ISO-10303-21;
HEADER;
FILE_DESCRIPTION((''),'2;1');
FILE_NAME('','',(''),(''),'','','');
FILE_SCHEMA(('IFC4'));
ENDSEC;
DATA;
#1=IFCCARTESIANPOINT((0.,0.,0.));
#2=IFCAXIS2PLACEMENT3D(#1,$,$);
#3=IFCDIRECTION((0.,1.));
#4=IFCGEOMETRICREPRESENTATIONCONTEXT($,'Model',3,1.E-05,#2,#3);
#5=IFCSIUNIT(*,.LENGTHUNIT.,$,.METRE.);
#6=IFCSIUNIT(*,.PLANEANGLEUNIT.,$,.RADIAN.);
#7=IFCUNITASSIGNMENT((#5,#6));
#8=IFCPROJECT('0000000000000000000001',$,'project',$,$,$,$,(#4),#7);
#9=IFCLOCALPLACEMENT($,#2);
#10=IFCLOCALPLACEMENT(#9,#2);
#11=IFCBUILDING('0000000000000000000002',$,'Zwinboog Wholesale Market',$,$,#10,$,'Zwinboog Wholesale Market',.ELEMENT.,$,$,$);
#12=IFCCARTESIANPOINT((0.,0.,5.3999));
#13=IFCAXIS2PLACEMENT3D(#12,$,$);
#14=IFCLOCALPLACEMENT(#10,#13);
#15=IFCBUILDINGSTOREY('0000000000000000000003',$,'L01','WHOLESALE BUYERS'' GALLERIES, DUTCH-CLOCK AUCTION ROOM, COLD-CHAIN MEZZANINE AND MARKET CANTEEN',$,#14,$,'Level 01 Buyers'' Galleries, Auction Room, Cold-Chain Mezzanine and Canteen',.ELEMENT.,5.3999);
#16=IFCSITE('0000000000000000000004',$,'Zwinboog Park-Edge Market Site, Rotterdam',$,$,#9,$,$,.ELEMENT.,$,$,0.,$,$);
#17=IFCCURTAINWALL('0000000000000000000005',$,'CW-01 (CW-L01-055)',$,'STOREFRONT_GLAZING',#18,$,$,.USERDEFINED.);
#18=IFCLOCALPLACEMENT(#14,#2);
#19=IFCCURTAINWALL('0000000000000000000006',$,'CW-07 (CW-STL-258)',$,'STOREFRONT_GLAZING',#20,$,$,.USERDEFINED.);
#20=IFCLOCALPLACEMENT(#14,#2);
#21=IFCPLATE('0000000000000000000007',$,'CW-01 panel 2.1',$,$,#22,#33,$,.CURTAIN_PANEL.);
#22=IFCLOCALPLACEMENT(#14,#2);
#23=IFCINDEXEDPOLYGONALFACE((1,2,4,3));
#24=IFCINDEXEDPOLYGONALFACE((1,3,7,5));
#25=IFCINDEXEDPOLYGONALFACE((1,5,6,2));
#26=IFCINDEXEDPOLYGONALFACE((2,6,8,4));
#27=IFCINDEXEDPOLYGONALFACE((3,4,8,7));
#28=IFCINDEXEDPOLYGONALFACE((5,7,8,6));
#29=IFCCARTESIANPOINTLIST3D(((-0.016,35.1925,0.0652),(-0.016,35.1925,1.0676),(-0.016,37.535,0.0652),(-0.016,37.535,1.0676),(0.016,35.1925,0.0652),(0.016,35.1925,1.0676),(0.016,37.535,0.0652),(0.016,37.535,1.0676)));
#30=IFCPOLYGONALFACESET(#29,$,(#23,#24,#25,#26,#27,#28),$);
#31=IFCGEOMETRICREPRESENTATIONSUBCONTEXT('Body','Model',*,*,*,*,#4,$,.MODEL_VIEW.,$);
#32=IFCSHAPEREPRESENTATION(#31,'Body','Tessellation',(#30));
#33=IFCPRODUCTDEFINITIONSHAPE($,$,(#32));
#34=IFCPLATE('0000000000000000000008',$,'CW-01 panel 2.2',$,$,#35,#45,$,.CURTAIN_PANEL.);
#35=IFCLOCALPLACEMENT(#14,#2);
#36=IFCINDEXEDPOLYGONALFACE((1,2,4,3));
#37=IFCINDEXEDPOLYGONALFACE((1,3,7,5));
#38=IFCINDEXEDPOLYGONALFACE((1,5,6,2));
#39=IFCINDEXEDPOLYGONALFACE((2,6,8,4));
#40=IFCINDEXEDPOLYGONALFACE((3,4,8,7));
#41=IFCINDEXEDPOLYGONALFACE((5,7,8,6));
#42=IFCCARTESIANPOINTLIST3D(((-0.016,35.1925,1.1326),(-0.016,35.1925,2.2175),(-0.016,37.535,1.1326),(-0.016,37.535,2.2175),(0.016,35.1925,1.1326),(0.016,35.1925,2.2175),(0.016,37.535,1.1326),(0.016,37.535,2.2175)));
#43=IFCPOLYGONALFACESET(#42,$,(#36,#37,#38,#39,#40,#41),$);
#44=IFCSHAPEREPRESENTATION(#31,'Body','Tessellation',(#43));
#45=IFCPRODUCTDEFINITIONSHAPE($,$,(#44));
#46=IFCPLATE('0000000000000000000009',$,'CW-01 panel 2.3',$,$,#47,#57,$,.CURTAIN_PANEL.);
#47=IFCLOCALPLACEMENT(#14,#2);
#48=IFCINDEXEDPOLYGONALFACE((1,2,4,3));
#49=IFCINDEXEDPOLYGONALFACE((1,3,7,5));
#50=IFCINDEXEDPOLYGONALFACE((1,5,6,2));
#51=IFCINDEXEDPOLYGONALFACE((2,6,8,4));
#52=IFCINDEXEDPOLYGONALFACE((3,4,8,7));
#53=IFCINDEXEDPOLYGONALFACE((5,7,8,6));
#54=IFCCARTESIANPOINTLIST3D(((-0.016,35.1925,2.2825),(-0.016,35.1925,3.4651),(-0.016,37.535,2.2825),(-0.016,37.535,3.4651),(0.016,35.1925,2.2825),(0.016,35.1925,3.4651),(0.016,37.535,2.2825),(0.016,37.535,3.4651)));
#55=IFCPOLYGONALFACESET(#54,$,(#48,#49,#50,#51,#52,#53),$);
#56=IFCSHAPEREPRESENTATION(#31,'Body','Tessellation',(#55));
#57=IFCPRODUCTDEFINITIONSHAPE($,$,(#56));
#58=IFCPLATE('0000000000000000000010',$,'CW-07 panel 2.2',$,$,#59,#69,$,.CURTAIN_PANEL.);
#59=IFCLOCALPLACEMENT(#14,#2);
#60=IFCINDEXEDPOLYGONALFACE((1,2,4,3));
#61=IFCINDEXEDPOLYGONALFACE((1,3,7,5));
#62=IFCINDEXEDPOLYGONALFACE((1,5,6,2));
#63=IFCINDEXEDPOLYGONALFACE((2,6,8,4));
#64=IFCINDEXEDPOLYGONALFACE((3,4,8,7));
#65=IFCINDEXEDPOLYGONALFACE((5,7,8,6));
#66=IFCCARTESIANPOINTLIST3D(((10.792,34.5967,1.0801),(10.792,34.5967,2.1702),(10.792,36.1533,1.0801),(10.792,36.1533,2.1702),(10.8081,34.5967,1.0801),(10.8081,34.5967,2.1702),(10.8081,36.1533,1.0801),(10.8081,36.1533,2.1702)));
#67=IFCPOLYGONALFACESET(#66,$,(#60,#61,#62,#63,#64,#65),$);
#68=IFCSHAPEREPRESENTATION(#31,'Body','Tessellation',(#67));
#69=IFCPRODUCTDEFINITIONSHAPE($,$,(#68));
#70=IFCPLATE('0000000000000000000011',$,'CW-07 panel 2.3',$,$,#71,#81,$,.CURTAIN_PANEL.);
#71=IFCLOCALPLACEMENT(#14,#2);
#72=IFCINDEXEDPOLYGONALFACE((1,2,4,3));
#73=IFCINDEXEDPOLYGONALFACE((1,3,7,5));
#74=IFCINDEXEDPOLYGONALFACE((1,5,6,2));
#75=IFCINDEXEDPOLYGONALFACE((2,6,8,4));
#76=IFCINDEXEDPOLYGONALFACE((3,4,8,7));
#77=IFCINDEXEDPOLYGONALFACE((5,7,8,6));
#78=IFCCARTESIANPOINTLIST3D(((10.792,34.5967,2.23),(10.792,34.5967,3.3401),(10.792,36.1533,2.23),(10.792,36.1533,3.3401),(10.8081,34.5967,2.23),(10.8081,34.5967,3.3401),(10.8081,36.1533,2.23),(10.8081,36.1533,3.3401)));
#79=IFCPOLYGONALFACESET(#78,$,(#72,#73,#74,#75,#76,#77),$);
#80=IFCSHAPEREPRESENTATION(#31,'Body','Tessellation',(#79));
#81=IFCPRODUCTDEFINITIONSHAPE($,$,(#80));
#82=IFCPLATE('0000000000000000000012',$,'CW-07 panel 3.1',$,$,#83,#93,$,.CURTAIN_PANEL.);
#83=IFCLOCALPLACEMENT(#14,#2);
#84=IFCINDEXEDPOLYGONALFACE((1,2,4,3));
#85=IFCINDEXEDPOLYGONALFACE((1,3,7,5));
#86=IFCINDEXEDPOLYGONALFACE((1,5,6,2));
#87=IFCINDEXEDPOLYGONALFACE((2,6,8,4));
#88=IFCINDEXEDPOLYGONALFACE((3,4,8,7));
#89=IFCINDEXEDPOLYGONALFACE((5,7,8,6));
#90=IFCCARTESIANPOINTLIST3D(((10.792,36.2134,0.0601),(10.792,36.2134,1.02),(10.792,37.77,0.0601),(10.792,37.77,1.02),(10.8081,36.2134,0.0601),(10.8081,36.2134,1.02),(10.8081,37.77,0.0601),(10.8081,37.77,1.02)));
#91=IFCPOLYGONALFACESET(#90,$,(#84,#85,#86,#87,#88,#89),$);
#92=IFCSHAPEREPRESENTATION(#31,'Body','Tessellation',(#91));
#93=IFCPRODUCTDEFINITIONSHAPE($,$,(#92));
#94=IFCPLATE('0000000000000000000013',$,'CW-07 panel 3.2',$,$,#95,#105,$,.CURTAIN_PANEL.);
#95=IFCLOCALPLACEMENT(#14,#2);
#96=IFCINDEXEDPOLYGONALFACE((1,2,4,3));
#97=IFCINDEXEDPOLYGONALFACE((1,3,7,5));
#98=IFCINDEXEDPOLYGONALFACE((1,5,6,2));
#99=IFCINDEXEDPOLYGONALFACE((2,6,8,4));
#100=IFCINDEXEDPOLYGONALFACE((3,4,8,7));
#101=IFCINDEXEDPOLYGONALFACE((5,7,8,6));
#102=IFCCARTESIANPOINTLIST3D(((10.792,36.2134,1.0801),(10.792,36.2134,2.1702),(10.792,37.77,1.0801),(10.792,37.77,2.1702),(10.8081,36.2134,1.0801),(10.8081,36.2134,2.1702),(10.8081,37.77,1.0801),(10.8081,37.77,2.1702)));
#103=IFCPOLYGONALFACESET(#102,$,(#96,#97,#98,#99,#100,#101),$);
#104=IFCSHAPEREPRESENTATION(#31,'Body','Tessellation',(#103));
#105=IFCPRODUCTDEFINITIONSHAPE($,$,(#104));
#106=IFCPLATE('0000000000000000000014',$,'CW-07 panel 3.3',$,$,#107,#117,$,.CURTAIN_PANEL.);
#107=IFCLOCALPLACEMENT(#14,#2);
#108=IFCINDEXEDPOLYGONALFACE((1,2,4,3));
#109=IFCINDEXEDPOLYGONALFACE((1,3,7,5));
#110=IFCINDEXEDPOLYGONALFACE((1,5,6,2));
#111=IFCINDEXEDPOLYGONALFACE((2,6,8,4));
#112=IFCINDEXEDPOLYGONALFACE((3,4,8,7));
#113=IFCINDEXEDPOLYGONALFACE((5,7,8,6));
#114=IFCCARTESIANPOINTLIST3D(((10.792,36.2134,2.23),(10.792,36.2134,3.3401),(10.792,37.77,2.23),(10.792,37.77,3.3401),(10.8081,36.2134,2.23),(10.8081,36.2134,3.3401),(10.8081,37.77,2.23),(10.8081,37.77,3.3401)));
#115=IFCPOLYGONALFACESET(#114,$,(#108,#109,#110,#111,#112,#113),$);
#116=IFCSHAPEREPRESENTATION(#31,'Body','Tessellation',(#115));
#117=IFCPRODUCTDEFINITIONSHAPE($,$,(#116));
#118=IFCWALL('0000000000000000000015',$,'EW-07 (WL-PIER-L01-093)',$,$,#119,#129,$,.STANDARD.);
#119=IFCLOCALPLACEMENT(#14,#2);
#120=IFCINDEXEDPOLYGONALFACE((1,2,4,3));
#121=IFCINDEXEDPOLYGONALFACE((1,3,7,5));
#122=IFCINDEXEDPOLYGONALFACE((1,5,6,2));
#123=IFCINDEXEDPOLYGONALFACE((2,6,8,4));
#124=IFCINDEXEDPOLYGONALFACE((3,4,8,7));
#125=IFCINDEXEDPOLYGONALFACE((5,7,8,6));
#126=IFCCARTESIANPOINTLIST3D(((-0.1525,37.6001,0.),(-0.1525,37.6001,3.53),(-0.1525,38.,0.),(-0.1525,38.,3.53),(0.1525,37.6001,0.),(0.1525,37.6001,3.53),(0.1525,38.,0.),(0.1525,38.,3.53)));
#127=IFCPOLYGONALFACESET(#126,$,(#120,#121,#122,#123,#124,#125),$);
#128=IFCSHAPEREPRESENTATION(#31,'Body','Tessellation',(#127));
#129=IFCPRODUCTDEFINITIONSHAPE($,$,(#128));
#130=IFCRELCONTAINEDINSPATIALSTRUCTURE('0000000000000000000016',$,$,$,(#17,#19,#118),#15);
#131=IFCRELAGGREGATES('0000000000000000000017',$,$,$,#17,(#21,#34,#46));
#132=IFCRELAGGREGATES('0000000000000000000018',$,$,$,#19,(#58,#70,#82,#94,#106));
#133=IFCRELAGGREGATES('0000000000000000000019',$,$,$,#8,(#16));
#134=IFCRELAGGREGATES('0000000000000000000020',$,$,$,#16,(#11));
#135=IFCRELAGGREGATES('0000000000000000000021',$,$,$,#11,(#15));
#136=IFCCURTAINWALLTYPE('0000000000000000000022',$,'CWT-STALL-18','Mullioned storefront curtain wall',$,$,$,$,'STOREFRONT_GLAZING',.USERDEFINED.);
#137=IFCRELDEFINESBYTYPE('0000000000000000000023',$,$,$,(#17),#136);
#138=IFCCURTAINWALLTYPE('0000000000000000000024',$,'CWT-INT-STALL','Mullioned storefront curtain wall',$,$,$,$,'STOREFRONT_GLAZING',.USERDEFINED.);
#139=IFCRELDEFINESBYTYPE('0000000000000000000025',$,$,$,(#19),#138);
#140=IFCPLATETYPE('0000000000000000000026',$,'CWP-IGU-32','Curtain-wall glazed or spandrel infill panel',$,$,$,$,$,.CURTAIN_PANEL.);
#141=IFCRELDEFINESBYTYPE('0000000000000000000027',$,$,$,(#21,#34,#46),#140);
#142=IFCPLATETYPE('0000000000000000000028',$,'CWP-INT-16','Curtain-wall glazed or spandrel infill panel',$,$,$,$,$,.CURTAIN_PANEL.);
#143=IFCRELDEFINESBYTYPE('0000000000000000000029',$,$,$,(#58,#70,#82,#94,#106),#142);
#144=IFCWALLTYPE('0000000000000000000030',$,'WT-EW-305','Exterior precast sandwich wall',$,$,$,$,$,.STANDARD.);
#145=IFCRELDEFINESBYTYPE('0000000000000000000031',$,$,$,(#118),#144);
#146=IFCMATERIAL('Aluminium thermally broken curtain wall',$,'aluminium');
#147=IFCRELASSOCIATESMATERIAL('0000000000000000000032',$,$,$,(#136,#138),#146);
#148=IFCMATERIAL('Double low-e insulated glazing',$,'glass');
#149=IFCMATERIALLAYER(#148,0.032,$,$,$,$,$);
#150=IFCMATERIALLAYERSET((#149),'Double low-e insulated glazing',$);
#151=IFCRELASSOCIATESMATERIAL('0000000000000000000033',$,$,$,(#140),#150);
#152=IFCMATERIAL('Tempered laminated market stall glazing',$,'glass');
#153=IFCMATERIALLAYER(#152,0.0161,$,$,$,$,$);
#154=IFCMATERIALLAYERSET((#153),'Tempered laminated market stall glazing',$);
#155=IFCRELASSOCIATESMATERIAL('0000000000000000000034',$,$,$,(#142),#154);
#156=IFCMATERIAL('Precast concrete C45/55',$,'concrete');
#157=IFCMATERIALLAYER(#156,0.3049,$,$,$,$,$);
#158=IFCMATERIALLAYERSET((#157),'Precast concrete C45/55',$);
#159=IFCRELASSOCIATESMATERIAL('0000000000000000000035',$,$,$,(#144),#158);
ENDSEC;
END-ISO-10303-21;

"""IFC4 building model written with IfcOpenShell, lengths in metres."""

from ifc_helpers import new_model, si_unit, direction, frame, frame_2d, origin, origin_2d, place, context, subcontext, project, spatial, rectangle, extrude, material, layer, layer_set, type_object, element, aggregate, save


model = new_model("IFC4")

# Units and contexts
model_context = context("Model", 3, precision=1e-05, world=origin(), true_north=direction((0.0, 1.0)))
body_context = subcontext(model_context, "Body", "Model", "MODEL_VIEW")
ifc_project = project(units=[si_unit("LENGTHUNIT", "METRE"), si_unit("PLANEANGLEUNIT", "RADIAN")], contexts=[model_context])

# Site, building, storey
site_placement = place(None, origin())
site = spatial("IfcSite", under=ifc_project, at=site_placement, Name="Zwinboog Park-Edge Market Site, Rotterdam", CompositionType="ELEMENT", RefElevation=0.0)
building_placement = place(site_placement, origin())
building = spatial("IfcBuilding", under=site, at=building_placement, Name="Zwinboog Wholesale Market", LongName="Zwinboog Wholesale Market", CompositionType="ELEMENT")
storey_placement = place(building_placement, frame((0.0, 0.0, 5.3999)))
storey = spatial("IfcBuildingStorey", under=building, at=storey_placement, Name="L01", Description="WHOLESALE BUYERS' GALLERIES, DUTCH-CLOCK AUCTION ROOM, COLD-CHAIN MEZZANINE AND MARKET CANTEEN", LongName="Level 01 Buyers' Galleries, Auction Room, Cold-Chain Mezzanine and Canteen", CompositionType="ELEMENT", Elevation=5.3999)

# Curtain wall
ifc_material_1 = material(Name="Aluminium thermally broken curtain wall", Category="aluminium")
curtain_wall_type_1 = type_object("IfcCurtainWallType", Name="CWT-STALL-18", Description="Mullioned storefront curtain wall", ElementType="STOREFRONT_GLAZING", PredefinedType="USERDEFINED", material=ifc_material_1)
curtain_wall_1_placement = place(storey_placement, origin())
curtain_wall_1 = element("IfcCurtainWall", 1, at=curtain_wall_1_placement, inside=storey, type_object=curtain_wall_type_1, Name="CW-01 (CW-L01-055)", ObjectType="STOREFRONT_GLAZING", PredefinedType="USERDEFINED")

# Curtain wall
curtain_wall_type_2 = type_object("IfcCurtainWallType", Name="CWT-INT-STALL", Description="Mullioned storefront curtain wall", ElementType="STOREFRONT_GLAZING", PredefinedType="USERDEFINED", material=ifc_material_1)
curtain_wall_2_placement = place(storey_placement, origin())
curtain_wall_2 = element("IfcCurtainWall", 2, at=curtain_wall_2_placement, inside=storey, type_object=curtain_wall_type_2, Name="CW-07 (CW-STL-258)", ObjectType="STOREFRONT_GLAZING", PredefinedType="USERDEFINED")

# Plates
ifc_material_2 = material(Name="Double low-e insulated glazing", Category="glass")
ifc_layer_1 = layer(ifc_material_2, 0.032)
ifc_layer_set_1 = layer_set([ifc_layer_1], Name="Double low-e insulated glazing")
plate_type_1 = type_object("IfcPlateType", Name="CWP-IGU-32", Description="Curtain-wall glazed or spandrel infill panel", PredefinedType="CURTAIN_PANEL", material=ifc_layer_set_1)
plate_1_placement = place(storey_placement, frame((0.0, 36.3638, 0.0652), z_axis=(0.0, 0.0, 1.0), x_axis=(0.0, 1.0, 0.0)))
plate_1 = element("IfcPlate", 3, at=plate_1_placement, type_object=plate_type_1, Name="CW-01 panel 2.1", PredefinedType="CURTAIN_PANEL", context=body_context, shape_type="SweptSolid", body=[
    extrude(rectangle(XDim=2.3425, YDim=0.032, at=origin_2d()), origin(), (0.0, 0.0, 1.0), 1.0024),
])
plate_2_placement = place(storey_placement, frame((0.0, 36.3638, 1.1326), z_axis=(0.0, 0.0, 1.0), x_axis=(0.0, 1.0, 0.0)))
plate_2 = element("IfcPlate", 4, at=plate_2_placement, type_object=plate_type_1, Name="CW-01 panel 2.2", PredefinedType="CURTAIN_PANEL", context=body_context, shape_type="SweptSolid", body=[
    extrude(rectangle(XDim=2.3425, YDim=0.032, at=origin_2d()), origin(), (0.0, 0.0, 1.0), 1.085),
])
plate_3_placement = place(storey_placement, frame((0.0, 36.3638, 2.2825), z_axis=(0.0, 0.0, 1.0), x_axis=(0.0, 1.0, 0.0)))
plate_3 = element("IfcPlate", 5, at=plate_3_placement, type_object=plate_type_1, Name="CW-01 panel 2.3", PredefinedType="CURTAIN_PANEL", context=body_context, shape_type="SweptSolid", body=[
    extrude(rectangle(XDim=2.3425, YDim=0.032, at=origin_2d()), origin(), (0.0, 0.0, 1.0), 1.1826),
])
aggregate(curtain_wall_1, [plate_1, plate_2, plate_3])
ifc_material_3 = material(Name="Tempered laminated market stall glazing", Category="glass")
ifc_layer_2 = layer(ifc_material_3, 0.0161)
ifc_layer_set_2 = layer_set([ifc_layer_2], Name="Tempered laminated market stall glazing")
plate_type_2 = type_object("IfcPlateType", Name="CWP-INT-16", Description="Curtain-wall glazed or spandrel infill panel", PredefinedType="CURTAIN_PANEL", material=ifc_layer_set_2)
plate_4_placement = place(storey_placement, frame((10.8, 35.375, 1.0801), z_axis=(0.0, 0.0, 1.0), x_axis=(0.0, 1.0, 0.0)))
plate_4 = element("IfcPlate", 6, at=plate_4_placement, type_object=plate_type_2, Name="CW-07 panel 2.2", PredefinedType="CURTAIN_PANEL", context=body_context, shape_type="SweptSolid", body=[
    extrude(rectangle(XDim=1.5566, YDim=0.0161, at=origin_2d()), origin(), (0.0, 0.0, 1.0), 1.0901),
])
plate_5_placement = place(storey_placement, frame((10.8, 35.375, 2.23), z_axis=(0.0, 0.0, 1.0), x_axis=(0.0, 1.0, 0.0)))
plate_5 = element("IfcPlate", 7, at=plate_5_placement, type_object=plate_type_2, Name="CW-07 panel 2.3", PredefinedType="CURTAIN_PANEL", context=body_context, shape_type="SweptSolid", body=[
    extrude(rectangle(XDim=1.5566, YDim=0.0161, at=origin_2d()), origin(), (0.0, 0.0, 1.0), 1.1101),
])
plate_6_placement = place(storey_placement, frame((10.8, 36.9917, 0.0601), z_axis=(0.0, 0.0, 1.0), x_axis=(0.0, 1.0, 0.0)))
plate_6 = element("IfcPlate", 8, at=plate_6_placement, type_object=plate_type_2, Name="CW-07 panel 3.1", PredefinedType="CURTAIN_PANEL", context=body_context, shape_type="SweptSolid", body=[
    extrude(rectangle(XDim=1.5566, YDim=0.0161, at=origin_2d()), origin(), (0.0, 0.0, 1.0), 0.96),
])
plate_7_placement = place(storey_placement, frame((10.8, 36.9917, 1.0801), z_axis=(0.0, 0.0, 1.0), x_axis=(0.0, 1.0, 0.0)))
plate_7 = element("IfcPlate", 9, at=plate_7_placement, type_object=plate_type_2, Name="CW-07 panel 3.2", PredefinedType="CURTAIN_PANEL", context=body_context, shape_type="SweptSolid", body=[
    extrude(rectangle(XDim=1.5566, YDim=0.0161, at=origin_2d()), origin(), (0.0, 0.0, 1.0), 1.0901),
])
plate_8_placement = place(storey_placement, frame((10.8, 36.9917, 2.23), z_axis=(0.0, 0.0, 1.0), x_axis=(0.0, 1.0, 0.0)))
plate_8 = element("IfcPlate", 10, at=plate_8_placement, type_object=plate_type_2, Name="CW-07 panel 3.3", PredefinedType="CURTAIN_PANEL", context=body_context, shape_type="SweptSolid", body=[
    extrude(rectangle(XDim=1.5566, YDim=0.0161, at=origin_2d()), origin(), (0.0, 0.0, 1.0), 1.1101),
])
aggregate(curtain_wall_2, [plate_4, plate_5, plate_6, plate_7, plate_8])

# Wall
ifc_material_4 = material(Name="Precast concrete C45/55", Category="concrete")
ifc_layer_3 = layer(ifc_material_4, 0.3049)
ifc_layer_set_3 = layer_set([ifc_layer_3], Name="Precast concrete C45/55")
wall_type = type_object("IfcWallType", Name="WT-EW-305", Description="Exterior precast sandwich wall", PredefinedType="STANDARD", material=ifc_layer_set_3)
wall_placement = place(storey_placement, frame((0.0, 37.6001, 0.0), z_axis=(0.0, 0.0, 1.0), x_axis=(0.0, 1.0, 0.0)))
element("IfcWall", 11, at=wall_placement, inside=storey, type_object=wall_type, Name="EW-07 (WL-PIER-L01-093)", PredefinedType="STANDARD", context=body_context, shape_type="SweptSolid", body=[
    extrude(rectangle(XDim=0.3999, YDim=0.3049, at=frame_2d((0.2, 0.0))), origin(), (0.0, 0.0, 1.0), 3.53),
])

save(model, "model.ifc")
